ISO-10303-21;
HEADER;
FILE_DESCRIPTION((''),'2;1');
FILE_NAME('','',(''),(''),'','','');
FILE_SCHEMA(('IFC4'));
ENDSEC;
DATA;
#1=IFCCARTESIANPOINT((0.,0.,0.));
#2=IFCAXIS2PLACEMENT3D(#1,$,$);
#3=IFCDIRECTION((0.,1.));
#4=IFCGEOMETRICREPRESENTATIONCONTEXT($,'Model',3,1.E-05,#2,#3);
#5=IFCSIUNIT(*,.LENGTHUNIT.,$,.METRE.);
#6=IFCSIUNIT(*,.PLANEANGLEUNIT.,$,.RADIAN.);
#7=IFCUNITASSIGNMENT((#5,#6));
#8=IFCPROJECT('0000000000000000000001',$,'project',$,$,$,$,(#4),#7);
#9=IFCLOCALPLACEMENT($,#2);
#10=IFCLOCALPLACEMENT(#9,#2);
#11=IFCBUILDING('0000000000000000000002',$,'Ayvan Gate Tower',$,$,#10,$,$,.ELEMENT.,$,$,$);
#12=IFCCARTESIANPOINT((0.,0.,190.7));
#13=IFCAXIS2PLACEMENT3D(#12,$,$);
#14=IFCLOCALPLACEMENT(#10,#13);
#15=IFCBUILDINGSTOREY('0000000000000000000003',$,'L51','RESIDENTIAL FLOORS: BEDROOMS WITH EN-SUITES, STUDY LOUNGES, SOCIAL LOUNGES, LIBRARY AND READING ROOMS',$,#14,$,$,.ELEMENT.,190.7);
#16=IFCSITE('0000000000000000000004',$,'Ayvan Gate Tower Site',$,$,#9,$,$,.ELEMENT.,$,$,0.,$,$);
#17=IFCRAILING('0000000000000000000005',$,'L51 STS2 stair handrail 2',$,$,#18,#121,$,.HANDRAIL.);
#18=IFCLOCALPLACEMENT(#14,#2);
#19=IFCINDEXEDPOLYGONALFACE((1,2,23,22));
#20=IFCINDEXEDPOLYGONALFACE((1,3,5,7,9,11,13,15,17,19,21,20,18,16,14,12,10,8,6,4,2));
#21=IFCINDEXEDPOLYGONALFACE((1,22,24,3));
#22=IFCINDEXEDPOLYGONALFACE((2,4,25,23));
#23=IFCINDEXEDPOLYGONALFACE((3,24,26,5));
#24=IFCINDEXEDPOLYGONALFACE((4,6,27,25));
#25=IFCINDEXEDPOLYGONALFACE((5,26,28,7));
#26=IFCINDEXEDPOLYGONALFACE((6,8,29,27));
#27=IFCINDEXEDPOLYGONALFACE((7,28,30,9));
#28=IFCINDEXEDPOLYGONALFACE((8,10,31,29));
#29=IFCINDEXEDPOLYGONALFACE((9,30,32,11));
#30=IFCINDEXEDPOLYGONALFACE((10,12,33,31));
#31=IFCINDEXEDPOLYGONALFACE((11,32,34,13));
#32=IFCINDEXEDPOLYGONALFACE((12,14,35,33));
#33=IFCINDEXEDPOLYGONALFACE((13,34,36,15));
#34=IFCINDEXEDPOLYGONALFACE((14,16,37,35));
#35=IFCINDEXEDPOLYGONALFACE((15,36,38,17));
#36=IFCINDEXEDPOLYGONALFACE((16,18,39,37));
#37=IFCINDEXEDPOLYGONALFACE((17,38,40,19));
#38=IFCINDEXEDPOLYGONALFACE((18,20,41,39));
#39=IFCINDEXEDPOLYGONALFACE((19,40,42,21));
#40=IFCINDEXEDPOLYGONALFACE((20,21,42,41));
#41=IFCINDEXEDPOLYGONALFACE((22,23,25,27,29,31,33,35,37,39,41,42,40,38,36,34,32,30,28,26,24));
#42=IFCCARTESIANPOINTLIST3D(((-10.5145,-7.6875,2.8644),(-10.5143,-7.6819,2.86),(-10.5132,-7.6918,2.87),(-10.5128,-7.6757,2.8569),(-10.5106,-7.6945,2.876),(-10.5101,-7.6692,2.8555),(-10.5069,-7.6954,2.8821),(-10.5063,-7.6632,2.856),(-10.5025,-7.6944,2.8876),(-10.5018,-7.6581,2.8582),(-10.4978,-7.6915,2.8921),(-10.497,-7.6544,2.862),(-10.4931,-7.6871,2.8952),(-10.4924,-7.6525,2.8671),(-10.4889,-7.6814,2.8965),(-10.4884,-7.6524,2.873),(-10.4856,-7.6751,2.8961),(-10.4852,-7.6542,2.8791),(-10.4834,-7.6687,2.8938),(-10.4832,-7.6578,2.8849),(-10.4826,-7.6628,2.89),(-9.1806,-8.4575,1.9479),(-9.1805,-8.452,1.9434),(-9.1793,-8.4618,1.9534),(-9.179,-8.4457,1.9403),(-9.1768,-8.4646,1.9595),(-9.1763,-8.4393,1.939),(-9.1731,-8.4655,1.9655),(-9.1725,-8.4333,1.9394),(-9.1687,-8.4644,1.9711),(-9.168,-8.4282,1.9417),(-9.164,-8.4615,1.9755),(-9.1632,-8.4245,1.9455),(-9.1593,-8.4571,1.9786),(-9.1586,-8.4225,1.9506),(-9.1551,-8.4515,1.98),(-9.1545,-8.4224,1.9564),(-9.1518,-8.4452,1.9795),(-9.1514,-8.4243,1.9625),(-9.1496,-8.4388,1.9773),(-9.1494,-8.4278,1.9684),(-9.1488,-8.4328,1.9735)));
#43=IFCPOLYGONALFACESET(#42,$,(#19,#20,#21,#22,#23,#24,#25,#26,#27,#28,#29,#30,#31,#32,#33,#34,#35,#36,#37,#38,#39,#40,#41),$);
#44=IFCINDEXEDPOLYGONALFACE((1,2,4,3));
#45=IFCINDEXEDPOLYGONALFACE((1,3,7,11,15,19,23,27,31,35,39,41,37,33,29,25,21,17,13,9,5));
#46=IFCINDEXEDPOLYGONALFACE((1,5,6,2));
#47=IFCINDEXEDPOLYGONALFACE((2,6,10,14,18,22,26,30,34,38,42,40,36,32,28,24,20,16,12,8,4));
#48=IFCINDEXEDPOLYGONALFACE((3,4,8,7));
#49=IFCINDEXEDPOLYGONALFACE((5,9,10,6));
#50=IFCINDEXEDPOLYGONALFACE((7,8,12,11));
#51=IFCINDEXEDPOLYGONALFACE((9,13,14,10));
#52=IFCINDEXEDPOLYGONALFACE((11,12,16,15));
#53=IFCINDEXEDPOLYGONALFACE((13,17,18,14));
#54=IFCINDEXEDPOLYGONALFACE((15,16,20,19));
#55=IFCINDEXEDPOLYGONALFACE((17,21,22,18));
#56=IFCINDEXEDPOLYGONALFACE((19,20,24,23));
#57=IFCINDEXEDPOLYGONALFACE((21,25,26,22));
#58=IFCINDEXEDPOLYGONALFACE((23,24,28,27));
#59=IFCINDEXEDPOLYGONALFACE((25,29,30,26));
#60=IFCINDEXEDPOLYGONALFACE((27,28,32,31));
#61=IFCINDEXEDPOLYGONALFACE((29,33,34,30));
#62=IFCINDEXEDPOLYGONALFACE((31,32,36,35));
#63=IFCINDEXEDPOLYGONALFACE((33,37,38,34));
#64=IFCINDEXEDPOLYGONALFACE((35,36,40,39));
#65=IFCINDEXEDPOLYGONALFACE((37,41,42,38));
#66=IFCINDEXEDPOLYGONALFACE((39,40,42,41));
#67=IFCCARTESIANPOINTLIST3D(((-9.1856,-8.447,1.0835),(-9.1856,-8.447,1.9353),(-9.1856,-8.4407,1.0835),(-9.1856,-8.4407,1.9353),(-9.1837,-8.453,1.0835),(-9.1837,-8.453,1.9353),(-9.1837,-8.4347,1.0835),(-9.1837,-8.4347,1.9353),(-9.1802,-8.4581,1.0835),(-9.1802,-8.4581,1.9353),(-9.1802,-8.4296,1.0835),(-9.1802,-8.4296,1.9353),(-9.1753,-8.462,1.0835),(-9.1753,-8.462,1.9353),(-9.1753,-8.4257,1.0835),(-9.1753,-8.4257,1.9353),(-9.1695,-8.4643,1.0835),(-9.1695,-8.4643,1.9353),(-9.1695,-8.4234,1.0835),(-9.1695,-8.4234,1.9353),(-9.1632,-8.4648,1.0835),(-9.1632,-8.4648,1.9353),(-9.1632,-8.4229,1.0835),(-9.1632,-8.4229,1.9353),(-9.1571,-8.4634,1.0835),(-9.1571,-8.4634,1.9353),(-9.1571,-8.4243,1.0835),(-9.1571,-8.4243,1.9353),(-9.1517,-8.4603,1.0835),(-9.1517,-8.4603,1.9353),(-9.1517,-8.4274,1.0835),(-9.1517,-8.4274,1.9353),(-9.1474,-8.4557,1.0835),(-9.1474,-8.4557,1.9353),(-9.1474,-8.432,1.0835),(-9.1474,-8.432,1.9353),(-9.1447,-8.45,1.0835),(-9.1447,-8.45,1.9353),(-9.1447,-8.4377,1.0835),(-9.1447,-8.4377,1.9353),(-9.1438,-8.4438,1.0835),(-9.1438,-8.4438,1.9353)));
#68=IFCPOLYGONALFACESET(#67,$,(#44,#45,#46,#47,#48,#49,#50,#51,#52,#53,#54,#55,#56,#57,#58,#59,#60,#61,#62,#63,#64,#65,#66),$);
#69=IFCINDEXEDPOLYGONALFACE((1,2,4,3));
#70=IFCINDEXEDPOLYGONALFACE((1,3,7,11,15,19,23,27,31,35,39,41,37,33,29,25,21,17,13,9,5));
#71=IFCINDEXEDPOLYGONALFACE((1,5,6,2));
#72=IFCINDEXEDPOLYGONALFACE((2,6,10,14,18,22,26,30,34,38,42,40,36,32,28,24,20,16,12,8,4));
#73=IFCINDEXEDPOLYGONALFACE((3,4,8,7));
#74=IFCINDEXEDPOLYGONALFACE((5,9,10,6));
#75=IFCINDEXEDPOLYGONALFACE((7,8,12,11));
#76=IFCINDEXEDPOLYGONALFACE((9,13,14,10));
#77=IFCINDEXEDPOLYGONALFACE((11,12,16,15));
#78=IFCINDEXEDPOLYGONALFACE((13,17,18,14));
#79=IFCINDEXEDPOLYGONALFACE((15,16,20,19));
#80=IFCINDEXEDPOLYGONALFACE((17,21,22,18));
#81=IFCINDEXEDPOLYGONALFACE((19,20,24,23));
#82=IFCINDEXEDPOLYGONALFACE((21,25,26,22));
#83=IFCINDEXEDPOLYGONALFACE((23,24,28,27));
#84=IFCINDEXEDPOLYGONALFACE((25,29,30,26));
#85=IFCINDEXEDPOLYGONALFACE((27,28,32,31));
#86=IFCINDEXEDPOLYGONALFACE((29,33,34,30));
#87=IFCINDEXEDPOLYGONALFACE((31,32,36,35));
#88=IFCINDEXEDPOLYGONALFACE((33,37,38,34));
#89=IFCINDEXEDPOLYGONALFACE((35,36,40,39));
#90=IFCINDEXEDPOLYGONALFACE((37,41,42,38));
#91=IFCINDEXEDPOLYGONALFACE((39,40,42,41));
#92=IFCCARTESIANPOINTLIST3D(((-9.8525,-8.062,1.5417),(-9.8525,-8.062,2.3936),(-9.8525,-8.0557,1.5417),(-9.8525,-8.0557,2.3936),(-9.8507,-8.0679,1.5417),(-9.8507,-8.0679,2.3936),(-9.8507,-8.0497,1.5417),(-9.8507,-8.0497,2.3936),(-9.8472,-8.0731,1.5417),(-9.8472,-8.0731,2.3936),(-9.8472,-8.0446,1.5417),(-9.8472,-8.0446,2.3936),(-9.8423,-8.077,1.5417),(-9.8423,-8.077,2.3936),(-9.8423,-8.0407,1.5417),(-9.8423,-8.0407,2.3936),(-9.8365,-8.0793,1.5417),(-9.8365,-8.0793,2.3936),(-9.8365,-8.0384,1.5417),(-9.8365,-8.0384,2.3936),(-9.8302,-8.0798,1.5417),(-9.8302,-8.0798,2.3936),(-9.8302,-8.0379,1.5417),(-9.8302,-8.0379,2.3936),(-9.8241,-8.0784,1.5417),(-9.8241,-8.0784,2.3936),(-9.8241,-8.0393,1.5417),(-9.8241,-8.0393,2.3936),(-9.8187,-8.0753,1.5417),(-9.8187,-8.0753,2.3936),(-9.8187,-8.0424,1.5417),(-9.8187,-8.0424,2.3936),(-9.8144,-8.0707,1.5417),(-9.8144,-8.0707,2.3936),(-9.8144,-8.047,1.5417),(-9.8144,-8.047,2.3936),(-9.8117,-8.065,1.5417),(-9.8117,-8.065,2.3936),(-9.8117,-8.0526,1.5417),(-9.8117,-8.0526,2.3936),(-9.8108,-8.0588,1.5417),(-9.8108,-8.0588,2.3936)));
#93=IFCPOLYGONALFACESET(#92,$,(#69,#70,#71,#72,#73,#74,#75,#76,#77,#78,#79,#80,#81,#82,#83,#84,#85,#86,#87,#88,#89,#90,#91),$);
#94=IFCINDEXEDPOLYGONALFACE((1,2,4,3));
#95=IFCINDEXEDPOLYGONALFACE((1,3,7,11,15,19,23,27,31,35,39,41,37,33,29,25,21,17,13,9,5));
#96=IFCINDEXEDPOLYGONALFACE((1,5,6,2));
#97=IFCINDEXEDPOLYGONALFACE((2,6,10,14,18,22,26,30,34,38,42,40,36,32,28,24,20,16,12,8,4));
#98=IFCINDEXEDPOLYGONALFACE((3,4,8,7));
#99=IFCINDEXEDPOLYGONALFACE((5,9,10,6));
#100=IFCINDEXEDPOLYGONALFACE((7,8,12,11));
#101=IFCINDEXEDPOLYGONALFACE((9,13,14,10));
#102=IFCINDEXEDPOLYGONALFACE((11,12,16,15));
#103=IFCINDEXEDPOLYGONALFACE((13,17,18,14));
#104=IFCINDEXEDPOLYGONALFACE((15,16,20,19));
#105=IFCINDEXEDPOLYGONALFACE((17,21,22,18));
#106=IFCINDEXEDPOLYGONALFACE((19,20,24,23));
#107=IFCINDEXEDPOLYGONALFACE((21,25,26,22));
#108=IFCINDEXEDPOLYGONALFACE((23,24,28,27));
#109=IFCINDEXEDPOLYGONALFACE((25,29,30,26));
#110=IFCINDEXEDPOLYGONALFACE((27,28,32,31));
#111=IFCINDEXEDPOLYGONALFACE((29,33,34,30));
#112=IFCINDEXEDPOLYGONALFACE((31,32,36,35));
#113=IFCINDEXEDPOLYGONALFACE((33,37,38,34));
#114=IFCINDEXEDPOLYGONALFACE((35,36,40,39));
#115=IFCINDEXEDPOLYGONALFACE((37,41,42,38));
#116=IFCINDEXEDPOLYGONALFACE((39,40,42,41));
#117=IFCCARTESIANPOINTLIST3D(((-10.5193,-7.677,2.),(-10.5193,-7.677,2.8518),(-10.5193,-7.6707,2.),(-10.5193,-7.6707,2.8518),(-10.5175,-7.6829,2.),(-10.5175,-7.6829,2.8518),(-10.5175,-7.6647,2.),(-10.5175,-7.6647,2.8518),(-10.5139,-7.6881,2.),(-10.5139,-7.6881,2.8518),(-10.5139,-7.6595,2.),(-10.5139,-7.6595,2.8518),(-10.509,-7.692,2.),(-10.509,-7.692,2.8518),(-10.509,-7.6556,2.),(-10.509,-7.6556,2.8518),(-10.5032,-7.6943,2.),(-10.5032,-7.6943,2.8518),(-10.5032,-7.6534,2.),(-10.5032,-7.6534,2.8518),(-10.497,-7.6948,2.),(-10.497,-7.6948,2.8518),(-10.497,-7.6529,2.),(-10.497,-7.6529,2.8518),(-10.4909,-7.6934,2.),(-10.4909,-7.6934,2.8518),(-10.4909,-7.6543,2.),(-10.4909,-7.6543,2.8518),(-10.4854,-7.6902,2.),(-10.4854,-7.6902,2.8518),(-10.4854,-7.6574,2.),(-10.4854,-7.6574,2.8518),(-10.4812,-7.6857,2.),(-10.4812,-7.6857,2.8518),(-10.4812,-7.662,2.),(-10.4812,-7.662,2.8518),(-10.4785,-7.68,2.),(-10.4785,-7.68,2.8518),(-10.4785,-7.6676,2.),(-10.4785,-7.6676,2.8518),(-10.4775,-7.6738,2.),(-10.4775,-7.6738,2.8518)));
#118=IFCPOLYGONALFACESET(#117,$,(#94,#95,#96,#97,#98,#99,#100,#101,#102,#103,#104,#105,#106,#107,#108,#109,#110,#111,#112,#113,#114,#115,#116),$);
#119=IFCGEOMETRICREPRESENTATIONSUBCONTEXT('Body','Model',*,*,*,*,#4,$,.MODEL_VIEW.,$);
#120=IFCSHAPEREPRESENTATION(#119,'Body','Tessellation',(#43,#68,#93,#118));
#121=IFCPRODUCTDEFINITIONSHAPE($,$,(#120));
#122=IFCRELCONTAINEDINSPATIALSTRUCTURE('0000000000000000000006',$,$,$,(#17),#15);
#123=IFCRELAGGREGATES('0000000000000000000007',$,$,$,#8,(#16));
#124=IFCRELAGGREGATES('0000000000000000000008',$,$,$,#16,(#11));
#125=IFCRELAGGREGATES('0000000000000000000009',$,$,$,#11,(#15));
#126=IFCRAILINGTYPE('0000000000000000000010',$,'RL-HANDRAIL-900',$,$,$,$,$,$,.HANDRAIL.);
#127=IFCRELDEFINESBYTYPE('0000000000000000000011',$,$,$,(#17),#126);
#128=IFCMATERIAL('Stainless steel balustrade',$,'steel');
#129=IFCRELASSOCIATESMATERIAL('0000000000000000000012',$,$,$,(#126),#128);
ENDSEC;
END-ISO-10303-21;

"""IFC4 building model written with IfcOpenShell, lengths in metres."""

from ifc_helpers import new_model, si_unit, direction, frame, origin, origin_2d, place, context, subcontext, project, spatial, circle, extrude, material, type_object, element, save


model = new_model("IFC4")

# Units and contexts
model_context = context("Model", 3, precision=1e-05, world=origin(), true_north=direction((0.0, 1.0)))
body_context = subcontext(model_context, "Body", "Model", "MODEL_VIEW")
ifc_project = project(units=[si_unit("LENGTHUNIT", "METRE"), si_unit("PLANEANGLEUNIT", "RADIAN")], contexts=[model_context])

# Site, building, storey
site_placement = place(None, origin())
site = spatial("IfcSite", under=ifc_project, at=site_placement, Name="Ayvan Gate Tower Site", CompositionType="ELEMENT", RefElevation=0.0)
building_placement = place(site_placement, origin())
building = spatial("IfcBuilding", under=site, at=building_placement, Name="Ayvan Gate Tower", CompositionType="ELEMENT")
storey_placement = place(building_placement, frame((0.0, 0.0, 190.7)))
storey = spatial("IfcBuildingStorey", under=building, at=storey_placement, Name="L51", Description="RESIDENTIAL FLOORS: BEDROOMS WITH EN-SUITES, STUDY LOUNGES, SOCIAL LOUNGES, LIBRARY AND READING ROOMS", CompositionType="ELEMENT", Elevation=190.7)

# Railing
ifc_material_1 = material(Name="Stainless steel balustrade", Category="steel")
railing_type_1 = type_object("IfcRailingType", Name="RL-HANDRAIL-900", PredefinedType="HANDRAIL", material=ifc_material_1)
railing_1_placement = place(storey_placement, frame((-9.1648, -8.4438, 1.0835)))
element("IfcRailing", 1, at=railing_1_placement, inside=storey, type_object=railing_type_1, Name="L51 STS2 stair handrail 2", PredefinedType="HANDRAIL", context=body_context, shape_type="SweptSolid", body=[
    extrude(circle(Radius=0.0239, at=origin_2d()), frame((0.0, 0.0, 0.876), z_axis=(-0.744216, 0.429664, 0.511401), x_axis=(-0.499992, -0.86603, 0.0)), (0.0, 0.0, 1.0), 1.7922),
    extrude(circle(Radius=0.021, at=origin_2d()), origin(), (0.0, 0.0, 1.0), 0.8518),
    extrude(circle(Radius=0.021, at=origin_2d()), frame((-0.667, 0.385, 0.4583)), (0.0, 0.0, 1.0), 0.8518),
    extrude(circle(Radius=0.021, at=origin_2d()), frame((-1.3337, 0.77, 0.9165)), (0.0, 0.0, 1.0), 0.8518),
])

save(model, "model.ifc")
